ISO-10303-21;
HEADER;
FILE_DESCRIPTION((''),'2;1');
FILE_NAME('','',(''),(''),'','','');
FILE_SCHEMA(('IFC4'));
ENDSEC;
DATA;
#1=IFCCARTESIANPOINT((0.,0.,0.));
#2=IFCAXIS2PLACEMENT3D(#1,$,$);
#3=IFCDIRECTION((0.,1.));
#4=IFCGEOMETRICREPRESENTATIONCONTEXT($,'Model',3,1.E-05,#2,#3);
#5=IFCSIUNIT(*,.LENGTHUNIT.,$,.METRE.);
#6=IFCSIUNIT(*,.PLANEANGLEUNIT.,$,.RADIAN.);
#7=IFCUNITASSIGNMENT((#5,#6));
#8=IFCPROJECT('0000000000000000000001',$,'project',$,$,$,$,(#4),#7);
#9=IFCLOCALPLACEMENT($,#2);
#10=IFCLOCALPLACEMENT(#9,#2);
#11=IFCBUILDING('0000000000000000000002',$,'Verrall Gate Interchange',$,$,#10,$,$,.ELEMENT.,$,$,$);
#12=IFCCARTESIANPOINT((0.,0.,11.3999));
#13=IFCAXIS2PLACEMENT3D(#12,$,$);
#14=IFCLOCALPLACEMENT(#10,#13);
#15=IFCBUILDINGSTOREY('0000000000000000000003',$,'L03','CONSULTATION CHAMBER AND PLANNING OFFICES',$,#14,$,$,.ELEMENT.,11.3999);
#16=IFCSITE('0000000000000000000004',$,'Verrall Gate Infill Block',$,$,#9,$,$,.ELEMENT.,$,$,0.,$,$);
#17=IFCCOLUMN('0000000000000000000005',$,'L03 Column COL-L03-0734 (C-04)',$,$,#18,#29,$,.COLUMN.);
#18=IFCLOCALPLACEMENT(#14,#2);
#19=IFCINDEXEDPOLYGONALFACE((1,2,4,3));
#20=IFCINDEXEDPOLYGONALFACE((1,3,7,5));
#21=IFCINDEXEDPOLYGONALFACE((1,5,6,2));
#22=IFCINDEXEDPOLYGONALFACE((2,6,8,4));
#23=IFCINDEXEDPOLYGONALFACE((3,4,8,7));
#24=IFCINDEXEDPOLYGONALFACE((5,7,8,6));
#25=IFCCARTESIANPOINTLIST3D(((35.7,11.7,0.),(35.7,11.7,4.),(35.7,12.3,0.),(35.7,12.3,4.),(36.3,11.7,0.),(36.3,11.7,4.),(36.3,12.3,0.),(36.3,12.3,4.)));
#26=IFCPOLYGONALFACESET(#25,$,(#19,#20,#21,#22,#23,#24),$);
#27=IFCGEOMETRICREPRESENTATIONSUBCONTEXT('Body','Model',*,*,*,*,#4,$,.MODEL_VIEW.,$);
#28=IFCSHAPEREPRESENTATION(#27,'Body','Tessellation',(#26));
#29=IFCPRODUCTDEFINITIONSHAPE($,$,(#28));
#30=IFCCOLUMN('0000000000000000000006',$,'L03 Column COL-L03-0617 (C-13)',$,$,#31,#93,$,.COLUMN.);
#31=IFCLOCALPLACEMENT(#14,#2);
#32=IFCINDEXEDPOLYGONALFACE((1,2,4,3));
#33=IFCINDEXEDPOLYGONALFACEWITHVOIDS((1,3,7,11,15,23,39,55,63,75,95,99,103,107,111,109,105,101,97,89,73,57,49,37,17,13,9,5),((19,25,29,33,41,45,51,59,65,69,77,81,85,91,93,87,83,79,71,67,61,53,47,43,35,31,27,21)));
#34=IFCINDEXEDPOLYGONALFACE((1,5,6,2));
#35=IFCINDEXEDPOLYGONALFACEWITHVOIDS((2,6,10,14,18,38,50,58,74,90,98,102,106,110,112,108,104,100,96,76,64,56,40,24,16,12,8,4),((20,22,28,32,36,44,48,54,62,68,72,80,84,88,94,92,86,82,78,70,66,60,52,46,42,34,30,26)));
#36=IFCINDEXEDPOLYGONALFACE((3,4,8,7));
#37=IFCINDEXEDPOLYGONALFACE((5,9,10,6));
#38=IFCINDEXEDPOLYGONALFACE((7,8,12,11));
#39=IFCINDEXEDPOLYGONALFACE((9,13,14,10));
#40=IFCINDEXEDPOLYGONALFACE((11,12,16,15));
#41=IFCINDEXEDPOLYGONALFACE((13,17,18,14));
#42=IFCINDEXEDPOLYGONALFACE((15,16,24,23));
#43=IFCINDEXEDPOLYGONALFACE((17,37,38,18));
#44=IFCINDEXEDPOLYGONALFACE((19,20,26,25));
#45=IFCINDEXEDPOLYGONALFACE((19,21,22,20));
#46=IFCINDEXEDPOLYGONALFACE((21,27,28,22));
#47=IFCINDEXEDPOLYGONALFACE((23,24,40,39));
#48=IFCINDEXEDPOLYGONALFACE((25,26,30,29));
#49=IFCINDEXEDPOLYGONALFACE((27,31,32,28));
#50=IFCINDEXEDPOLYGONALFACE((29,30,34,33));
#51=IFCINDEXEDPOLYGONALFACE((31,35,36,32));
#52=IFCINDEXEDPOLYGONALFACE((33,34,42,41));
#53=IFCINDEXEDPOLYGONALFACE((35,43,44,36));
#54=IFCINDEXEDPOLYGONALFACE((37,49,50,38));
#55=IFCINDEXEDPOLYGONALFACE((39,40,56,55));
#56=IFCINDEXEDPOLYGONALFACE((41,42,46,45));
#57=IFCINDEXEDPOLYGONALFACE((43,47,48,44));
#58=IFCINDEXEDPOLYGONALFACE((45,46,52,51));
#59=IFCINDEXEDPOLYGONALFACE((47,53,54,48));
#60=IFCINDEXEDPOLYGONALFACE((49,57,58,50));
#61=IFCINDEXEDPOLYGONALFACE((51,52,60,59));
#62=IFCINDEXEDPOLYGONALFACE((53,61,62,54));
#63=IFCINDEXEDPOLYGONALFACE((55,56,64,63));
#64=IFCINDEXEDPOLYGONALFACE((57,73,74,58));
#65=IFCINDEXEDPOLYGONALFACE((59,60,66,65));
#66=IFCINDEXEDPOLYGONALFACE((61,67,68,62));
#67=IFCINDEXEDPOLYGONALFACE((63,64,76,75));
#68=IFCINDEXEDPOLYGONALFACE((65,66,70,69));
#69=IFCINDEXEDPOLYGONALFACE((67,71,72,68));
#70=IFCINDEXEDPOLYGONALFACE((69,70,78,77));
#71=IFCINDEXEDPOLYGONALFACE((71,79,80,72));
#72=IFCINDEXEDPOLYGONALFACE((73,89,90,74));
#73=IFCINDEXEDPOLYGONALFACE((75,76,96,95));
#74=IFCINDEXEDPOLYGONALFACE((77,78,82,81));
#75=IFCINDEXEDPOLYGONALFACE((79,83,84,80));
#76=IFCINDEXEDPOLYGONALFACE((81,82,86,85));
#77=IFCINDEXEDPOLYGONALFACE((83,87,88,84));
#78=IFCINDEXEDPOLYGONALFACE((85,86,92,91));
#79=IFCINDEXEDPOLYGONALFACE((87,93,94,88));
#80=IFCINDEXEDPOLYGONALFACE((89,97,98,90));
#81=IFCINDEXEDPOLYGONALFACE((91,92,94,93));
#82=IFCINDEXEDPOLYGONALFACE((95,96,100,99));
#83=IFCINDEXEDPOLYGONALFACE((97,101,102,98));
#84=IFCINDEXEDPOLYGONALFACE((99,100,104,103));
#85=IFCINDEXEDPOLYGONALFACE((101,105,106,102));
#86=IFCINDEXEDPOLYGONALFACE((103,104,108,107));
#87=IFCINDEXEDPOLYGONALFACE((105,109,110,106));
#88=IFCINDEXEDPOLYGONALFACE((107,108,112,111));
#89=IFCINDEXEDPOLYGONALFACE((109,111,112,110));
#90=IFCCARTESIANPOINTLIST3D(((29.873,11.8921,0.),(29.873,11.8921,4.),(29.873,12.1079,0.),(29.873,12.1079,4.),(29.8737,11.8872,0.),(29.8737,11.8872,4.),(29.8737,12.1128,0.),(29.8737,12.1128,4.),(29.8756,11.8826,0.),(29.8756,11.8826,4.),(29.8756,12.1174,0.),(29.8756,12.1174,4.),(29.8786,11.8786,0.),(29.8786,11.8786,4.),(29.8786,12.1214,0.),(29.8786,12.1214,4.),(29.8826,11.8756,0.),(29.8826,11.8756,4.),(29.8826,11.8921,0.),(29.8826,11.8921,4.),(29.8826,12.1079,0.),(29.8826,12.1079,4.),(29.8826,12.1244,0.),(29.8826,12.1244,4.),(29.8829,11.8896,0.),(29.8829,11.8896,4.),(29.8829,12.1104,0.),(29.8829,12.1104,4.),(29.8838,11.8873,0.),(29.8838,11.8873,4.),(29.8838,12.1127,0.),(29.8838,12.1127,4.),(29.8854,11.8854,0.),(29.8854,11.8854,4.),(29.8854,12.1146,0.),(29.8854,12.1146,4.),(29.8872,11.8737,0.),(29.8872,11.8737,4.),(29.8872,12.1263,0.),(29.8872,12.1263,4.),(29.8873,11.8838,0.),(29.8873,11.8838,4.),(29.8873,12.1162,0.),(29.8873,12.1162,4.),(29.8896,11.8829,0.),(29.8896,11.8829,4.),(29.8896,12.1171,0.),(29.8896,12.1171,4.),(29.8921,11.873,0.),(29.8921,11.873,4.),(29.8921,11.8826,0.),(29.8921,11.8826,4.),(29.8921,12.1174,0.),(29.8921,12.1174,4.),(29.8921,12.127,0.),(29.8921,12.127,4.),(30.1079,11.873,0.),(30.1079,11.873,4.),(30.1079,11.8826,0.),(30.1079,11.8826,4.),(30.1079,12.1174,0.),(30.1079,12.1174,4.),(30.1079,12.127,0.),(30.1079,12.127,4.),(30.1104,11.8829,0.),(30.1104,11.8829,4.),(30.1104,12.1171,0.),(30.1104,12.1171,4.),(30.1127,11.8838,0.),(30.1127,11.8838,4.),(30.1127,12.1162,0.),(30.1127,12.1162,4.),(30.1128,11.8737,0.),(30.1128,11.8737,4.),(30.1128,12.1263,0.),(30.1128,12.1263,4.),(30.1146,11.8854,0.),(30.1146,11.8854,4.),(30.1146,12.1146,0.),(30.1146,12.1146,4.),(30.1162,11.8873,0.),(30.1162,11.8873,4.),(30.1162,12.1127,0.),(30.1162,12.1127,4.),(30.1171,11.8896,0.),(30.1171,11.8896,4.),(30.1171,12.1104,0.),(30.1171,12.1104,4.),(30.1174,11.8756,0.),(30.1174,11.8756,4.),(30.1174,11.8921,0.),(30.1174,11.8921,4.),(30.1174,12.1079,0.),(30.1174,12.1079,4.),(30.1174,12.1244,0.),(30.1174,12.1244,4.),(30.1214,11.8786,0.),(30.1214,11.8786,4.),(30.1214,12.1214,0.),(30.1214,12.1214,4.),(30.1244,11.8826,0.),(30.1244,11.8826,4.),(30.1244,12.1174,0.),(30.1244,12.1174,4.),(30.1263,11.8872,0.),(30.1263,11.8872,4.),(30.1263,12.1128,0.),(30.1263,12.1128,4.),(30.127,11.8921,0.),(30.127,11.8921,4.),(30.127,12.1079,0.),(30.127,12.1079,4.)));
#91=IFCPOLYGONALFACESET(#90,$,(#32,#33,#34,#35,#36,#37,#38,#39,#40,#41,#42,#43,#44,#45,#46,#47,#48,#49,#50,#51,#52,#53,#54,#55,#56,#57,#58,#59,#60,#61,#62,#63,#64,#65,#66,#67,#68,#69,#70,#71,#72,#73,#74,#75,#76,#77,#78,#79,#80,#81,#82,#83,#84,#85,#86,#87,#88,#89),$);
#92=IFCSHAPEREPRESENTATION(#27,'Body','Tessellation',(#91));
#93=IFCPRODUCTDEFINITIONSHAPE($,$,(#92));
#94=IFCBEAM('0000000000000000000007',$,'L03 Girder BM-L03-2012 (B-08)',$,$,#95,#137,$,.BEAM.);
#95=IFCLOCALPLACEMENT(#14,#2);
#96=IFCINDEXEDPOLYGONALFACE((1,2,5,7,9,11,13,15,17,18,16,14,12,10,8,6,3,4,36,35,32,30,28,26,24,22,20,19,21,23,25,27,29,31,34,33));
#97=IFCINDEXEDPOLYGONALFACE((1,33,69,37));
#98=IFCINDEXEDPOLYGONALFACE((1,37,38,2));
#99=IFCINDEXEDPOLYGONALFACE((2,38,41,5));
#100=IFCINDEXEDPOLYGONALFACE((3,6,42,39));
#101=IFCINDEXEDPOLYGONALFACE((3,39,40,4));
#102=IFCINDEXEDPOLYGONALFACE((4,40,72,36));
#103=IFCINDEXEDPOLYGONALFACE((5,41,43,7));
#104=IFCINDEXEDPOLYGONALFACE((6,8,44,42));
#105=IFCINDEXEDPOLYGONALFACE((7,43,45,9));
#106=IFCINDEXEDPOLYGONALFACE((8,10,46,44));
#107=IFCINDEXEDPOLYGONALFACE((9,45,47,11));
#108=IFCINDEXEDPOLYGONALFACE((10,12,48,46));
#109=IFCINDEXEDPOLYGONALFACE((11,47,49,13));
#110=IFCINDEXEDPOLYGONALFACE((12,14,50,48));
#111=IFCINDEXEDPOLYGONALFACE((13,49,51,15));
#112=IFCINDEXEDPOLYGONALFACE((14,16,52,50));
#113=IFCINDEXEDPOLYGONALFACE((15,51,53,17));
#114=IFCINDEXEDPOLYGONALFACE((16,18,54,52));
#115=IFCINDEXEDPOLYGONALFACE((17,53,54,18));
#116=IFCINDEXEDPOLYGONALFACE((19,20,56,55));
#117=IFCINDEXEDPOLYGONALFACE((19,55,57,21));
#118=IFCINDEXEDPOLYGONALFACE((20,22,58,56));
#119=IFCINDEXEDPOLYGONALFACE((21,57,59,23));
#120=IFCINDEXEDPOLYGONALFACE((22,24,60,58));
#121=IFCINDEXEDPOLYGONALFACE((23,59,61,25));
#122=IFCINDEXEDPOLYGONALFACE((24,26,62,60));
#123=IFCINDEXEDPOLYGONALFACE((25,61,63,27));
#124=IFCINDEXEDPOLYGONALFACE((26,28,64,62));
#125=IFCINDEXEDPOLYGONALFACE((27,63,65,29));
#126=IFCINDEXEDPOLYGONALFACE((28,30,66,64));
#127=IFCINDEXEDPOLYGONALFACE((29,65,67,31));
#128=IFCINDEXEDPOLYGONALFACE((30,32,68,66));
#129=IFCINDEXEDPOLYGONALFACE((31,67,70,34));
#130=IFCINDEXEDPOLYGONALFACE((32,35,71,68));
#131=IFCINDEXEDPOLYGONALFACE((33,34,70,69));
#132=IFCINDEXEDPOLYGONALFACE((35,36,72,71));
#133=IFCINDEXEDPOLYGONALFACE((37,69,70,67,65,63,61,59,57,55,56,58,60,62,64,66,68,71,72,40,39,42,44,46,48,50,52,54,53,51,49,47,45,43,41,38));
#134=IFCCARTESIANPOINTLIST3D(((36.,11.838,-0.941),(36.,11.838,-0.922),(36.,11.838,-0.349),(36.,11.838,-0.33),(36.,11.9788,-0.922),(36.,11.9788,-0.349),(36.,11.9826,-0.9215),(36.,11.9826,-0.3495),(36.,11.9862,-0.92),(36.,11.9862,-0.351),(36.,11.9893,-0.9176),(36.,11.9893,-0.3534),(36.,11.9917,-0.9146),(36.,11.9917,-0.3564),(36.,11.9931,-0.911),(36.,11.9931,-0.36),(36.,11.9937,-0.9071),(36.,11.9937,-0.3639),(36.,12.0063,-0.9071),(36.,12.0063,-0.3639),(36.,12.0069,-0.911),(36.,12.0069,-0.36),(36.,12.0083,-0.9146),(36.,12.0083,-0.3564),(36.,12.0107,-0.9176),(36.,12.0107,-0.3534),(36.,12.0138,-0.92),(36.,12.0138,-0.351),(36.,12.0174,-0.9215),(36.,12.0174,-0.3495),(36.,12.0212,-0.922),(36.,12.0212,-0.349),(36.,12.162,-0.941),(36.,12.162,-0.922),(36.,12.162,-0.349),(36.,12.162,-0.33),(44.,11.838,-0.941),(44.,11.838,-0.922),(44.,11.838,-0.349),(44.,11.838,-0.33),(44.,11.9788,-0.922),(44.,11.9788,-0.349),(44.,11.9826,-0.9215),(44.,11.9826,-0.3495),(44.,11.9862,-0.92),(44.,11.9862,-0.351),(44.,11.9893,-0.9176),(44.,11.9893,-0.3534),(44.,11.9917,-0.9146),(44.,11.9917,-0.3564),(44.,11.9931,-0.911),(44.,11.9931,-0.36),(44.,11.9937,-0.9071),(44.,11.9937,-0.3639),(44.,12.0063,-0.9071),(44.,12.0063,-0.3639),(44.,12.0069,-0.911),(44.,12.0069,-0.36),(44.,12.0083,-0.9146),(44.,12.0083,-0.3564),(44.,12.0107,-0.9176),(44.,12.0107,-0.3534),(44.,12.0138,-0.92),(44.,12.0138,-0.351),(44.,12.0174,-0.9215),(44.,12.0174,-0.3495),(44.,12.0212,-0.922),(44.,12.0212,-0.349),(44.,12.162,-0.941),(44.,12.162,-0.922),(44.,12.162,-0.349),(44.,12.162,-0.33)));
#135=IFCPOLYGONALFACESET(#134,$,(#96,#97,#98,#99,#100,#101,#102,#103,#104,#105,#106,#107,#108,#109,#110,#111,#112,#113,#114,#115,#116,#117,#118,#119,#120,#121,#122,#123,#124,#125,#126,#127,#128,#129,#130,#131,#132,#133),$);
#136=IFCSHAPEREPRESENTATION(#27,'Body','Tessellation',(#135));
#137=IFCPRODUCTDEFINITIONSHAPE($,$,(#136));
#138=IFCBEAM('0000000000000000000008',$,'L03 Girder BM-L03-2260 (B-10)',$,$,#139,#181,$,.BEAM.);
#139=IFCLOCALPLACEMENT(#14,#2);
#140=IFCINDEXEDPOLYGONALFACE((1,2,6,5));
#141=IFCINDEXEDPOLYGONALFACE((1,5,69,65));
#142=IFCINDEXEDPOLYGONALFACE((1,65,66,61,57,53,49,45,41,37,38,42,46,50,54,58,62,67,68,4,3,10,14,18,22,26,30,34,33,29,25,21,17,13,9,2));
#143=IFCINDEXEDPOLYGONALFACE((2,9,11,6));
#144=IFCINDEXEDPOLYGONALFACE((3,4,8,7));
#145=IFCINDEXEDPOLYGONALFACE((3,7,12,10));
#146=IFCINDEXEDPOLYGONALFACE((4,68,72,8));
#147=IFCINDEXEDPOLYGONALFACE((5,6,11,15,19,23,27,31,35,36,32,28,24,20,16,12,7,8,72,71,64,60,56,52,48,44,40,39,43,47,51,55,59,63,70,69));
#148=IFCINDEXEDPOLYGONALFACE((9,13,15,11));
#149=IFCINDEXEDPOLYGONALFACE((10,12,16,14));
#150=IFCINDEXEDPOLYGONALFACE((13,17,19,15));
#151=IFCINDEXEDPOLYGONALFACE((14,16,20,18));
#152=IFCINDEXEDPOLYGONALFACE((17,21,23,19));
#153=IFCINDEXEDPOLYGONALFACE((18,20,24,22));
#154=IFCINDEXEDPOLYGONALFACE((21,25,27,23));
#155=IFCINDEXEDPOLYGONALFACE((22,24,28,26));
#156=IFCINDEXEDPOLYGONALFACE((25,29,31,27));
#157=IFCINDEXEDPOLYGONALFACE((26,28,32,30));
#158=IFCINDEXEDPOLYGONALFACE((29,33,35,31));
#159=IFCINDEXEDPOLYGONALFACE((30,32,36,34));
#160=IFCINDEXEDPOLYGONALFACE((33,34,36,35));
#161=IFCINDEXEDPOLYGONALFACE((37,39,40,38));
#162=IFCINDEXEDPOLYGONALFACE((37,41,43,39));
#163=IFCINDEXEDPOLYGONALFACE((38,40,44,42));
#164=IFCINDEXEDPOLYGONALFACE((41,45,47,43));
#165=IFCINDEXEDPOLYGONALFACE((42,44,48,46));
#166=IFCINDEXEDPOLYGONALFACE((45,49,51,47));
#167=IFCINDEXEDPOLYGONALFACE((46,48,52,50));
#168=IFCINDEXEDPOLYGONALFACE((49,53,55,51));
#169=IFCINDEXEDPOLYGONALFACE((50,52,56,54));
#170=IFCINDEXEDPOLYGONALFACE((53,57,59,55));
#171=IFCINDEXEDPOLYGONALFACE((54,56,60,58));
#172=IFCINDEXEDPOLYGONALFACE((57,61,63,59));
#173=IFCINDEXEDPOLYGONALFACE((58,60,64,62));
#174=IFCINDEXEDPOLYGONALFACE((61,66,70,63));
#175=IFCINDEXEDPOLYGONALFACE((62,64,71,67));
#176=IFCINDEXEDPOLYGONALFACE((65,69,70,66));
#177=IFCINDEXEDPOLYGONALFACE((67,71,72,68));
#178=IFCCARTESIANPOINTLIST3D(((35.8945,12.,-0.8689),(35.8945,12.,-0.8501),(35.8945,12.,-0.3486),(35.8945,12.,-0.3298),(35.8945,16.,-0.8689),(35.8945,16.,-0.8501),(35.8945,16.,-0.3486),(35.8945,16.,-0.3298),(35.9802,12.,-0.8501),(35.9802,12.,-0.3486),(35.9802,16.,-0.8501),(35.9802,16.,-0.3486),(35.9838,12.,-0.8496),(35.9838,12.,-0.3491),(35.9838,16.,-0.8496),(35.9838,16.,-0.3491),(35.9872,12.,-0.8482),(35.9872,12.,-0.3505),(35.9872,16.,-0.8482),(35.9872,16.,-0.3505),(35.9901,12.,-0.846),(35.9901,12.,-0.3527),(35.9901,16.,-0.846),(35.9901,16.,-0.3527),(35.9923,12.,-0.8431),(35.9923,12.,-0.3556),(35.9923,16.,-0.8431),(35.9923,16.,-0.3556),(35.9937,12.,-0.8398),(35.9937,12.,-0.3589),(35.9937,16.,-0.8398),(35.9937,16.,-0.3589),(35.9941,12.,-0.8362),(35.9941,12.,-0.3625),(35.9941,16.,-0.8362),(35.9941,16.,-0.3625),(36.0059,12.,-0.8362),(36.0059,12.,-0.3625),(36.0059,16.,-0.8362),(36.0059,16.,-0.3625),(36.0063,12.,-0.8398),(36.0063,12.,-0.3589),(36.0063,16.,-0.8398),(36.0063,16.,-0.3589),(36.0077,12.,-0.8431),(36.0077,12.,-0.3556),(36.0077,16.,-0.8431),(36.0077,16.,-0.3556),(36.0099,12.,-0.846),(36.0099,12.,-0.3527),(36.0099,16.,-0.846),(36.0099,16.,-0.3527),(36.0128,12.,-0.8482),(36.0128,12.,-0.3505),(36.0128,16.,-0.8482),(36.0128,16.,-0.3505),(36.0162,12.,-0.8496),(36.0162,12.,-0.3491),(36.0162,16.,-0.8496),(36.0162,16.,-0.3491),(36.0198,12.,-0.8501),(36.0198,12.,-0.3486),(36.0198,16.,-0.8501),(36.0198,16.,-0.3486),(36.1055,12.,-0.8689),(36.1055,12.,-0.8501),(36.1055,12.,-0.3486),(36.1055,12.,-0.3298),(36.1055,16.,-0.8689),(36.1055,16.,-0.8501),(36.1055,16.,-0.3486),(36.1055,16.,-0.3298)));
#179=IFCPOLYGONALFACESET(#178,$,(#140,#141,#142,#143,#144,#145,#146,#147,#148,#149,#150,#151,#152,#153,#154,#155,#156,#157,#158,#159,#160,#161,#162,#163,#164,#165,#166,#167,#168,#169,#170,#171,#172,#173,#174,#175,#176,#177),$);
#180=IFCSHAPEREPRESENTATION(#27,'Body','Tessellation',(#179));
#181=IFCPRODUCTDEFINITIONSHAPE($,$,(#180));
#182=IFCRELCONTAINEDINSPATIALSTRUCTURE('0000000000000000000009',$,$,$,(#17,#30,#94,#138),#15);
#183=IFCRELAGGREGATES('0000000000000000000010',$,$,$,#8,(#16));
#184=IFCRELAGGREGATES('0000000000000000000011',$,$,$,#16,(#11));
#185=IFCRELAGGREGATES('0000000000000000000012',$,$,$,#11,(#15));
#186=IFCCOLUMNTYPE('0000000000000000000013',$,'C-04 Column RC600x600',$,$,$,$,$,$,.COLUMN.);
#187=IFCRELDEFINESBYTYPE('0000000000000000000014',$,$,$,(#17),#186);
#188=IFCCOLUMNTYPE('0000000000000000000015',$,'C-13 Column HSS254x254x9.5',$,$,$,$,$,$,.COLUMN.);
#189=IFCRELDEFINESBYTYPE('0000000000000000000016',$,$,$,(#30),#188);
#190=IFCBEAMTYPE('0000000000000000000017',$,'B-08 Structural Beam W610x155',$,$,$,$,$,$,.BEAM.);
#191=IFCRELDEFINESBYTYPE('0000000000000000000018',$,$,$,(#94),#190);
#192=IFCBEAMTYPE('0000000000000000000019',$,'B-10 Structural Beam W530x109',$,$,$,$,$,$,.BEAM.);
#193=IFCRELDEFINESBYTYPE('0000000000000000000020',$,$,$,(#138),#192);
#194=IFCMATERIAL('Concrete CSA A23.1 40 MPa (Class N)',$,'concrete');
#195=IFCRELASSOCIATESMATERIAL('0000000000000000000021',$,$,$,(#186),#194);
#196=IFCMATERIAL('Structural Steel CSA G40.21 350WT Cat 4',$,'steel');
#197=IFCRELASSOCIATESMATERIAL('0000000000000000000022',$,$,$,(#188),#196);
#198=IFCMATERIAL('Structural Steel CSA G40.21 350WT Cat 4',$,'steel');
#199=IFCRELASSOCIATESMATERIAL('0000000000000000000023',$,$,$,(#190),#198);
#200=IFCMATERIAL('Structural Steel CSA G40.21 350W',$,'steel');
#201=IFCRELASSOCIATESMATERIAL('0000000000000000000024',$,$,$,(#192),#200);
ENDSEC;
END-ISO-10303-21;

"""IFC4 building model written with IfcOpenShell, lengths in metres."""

from ifc_helpers import new_model, si_unit, direction, frame, origin, origin_2d, place, context, subcontext, project, spatial, rectangle, hollow_rectangle, i_section, extrude, material, material_profile, profile_set, type_object, element, save


model = new_model("IFC4")

# Units and contexts
model_context = context("Model", 3, precision=1e-05, world=origin(), true_north=direction((0.0, 1.0)))
body_context = subcontext(model_context, "Body", "Model", "MODEL_VIEW")
ifc_project = project(units=[si_unit("LENGTHUNIT", "METRE"), si_unit("PLANEANGLEUNIT", "RADIAN")], contexts=[model_context])

# Site, building, storey
site_placement = place(None, origin())
site = spatial("IfcSite", under=ifc_project, at=site_placement, Name="Verrall Gate Infill Block", CompositionType="ELEMENT", RefElevation=0.0)
building_placement = place(site_placement, origin())
building = spatial("IfcBuilding", under=site, at=building_placement, Name="Verrall Gate Interchange", CompositionType="ELEMENT")
storey_placement = place(building_placement, frame((0.0, 0.0, 11.3999)))
storey = spatial("IfcBuildingStorey", under=building, at=storey_placement, Name="L03", Description="CONSULTATION CHAMBER AND PLANNING OFFICES", CompositionType="ELEMENT", Elevation=11.3999)

# Columns
ifc_material_1 = material(Name="Concrete CSA A23.1 40 MPa (Class N)", Category="concrete")
ifc_material_profile_1 = material_profile(ifc_material_1, rectangle(XDim=0.6001, YDim=0.6001, at=origin_2d()), Name="RC600x600")
ifc_profile_set_1 = profile_set([ifc_material_profile_1], Name="Concrete CSA A23.1 40 MPa (Class N)")
column_type_1 = type_object("IfcColumnType", Name="C-04 Column RC600x600", PredefinedType="COLUMN", material=ifc_profile_set_1)
column_1_placement = place(storey_placement, frame((36.0, 12.0, 0.0), z_axis=(0.0, 0.0, 1.0), x_axis=(1.0, 0.0, 0.0)))
element("IfcColumn", 1, at=column_1_placement, inside=storey, type_object=column_type_1, Name="L03 Column COL-L03-0734 (C-04)", PredefinedType="COLUMN", context=body_context, shape_type="SweptSolid", body=[
    extrude(rectangle(XDim=0.6001, YDim=0.6001, at=origin_2d()), origin(), (0.0, 0.0, 1.0), 4.0),
])
ifc_material_2 = material(Name="Structural Steel CSA G40.21 350WT Cat 4", Category="steel")
ifc_material_profile_2 = material_profile(ifc_material_2, hollow_rectangle(XDim=0.2539, YDim=0.2539, WallThickness=0.0095, InnerFilletRadius=0.0095, OuterFilletRadius=0.019, at=origin_2d()), Name="HSS254x254x9.5")
ifc_profile_set_2 = profile_set([ifc_material_profile_2], Name="Structural Steel CSA G40.21 350WT Cat 4")
column_type_2 = type_object("IfcColumnType", Name="C-13 Column HSS254x254x9.5", PredefinedType="COLUMN", material=ifc_profile_set_2)
column_2_placement = place(storey_placement, frame((30.0, 12.0, 0.0), z_axis=(0.0, 0.0, 1.0), x_axis=(1.0, 0.0, 0.0)))
element("IfcColumn", 2, at=column_2_placement, inside=storey, type_object=column_type_2, Name="L03 Column COL-L03-0617 (C-13)", PredefinedType="COLUMN", context=body_context, shape_type="SweptSolid", body=[
    extrude(hollow_rectangle(XDim=0.2539, YDim=0.2539, WallThickness=0.0095, InnerFilletRadius=0.0095, OuterFilletRadius=0.019, at=origin_2d()), origin(), (0.0, 0.0, 1.0), 4.0),
])

# Beams
ifc_material_3 = material(Name="Structural Steel CSA G40.21 350WT Cat 4", Category="steel")
ifc_material_profile_3 = material_profile(ifc_material_3, i_section(OverallWidth=0.324, OverallDepth=0.6111, WebThickness=0.0127, FlangeThickness=0.019, FilletRadius=0.0149, at=origin_2d()), Name="W610x155")
ifc_profile_set_3 = profile_set([ifc_material_profile_3], Name="Structural Steel CSA G40.21 350WT Cat 4")
beam_type_1 = type_object("IfcBeamType", Name="B-08 Structural Beam W610x155", PredefinedType="BEAM", material=ifc_profile_set_3)
beam_1_placement = place(storey_placement, frame((36.0, 12.0, -0.6355), z_axis=(1.0, 0.0, 0.0), x_axis=(0.0, 1.0, 0.0)))
element("IfcBeam", 3, at=beam_1_placement, inside=storey, type_object=beam_type_1, Name="L03 Girder BM-L03-2012 (B-08)", PredefinedType="BEAM", context=body_context, shape_type="SweptSolid", body=[
    extrude(i_section(OverallWidth=0.324, OverallDepth=0.6111, WebThickness=0.0127, FlangeThickness=0.019, FilletRadius=0.0149, at=origin_2d()), origin(), (0.0, 0.0, 1.0), 8.0),
])
ifc_material_4 = material(Name="Structural Steel CSA G40.21 350W", Category="steel")
ifc_material_profile_4 = material_profile(ifc_material_4, i_section(OverallWidth=0.2109, OverallDepth=0.5391, WebThickness=0.0117, FlangeThickness=0.0188, FilletRadius=0.0139, at=origin_2d()), Name="W530x109")
ifc_profile_set_4 = profile_set([ifc_material_profile_4], Name="Structural Steel CSA G40.21 350W")
beam_type_2 = type_object("IfcBeamType", Name="B-10 Structural Beam W530x109", PredefinedType="BEAM", material=ifc_profile_set_4)
beam_2_placement = place(storey_placement, frame((36.0, 12.0, -0.5994), z_axis=(0.0, 1.0, 0.0), x_axis=(-1.0, 0.0, 0.0)))
element("IfcBeam", 4, at=beam_2_placement, inside=storey, type_object=beam_type_2, Name="L03 Girder BM-L03-2260 (B-10)", PredefinedType="BEAM", context=body_context, shape_type="SweptSolid", body=[
    extrude(i_section(OverallWidth=0.2109, OverallDepth=0.5391, WebThickness=0.0117, FlangeThickness=0.0188, FilletRadius=0.0139, at=origin_2d()), origin(), (0.0, 0.0, 1.0), 4.0),
])

save(model, "model.ifc")
